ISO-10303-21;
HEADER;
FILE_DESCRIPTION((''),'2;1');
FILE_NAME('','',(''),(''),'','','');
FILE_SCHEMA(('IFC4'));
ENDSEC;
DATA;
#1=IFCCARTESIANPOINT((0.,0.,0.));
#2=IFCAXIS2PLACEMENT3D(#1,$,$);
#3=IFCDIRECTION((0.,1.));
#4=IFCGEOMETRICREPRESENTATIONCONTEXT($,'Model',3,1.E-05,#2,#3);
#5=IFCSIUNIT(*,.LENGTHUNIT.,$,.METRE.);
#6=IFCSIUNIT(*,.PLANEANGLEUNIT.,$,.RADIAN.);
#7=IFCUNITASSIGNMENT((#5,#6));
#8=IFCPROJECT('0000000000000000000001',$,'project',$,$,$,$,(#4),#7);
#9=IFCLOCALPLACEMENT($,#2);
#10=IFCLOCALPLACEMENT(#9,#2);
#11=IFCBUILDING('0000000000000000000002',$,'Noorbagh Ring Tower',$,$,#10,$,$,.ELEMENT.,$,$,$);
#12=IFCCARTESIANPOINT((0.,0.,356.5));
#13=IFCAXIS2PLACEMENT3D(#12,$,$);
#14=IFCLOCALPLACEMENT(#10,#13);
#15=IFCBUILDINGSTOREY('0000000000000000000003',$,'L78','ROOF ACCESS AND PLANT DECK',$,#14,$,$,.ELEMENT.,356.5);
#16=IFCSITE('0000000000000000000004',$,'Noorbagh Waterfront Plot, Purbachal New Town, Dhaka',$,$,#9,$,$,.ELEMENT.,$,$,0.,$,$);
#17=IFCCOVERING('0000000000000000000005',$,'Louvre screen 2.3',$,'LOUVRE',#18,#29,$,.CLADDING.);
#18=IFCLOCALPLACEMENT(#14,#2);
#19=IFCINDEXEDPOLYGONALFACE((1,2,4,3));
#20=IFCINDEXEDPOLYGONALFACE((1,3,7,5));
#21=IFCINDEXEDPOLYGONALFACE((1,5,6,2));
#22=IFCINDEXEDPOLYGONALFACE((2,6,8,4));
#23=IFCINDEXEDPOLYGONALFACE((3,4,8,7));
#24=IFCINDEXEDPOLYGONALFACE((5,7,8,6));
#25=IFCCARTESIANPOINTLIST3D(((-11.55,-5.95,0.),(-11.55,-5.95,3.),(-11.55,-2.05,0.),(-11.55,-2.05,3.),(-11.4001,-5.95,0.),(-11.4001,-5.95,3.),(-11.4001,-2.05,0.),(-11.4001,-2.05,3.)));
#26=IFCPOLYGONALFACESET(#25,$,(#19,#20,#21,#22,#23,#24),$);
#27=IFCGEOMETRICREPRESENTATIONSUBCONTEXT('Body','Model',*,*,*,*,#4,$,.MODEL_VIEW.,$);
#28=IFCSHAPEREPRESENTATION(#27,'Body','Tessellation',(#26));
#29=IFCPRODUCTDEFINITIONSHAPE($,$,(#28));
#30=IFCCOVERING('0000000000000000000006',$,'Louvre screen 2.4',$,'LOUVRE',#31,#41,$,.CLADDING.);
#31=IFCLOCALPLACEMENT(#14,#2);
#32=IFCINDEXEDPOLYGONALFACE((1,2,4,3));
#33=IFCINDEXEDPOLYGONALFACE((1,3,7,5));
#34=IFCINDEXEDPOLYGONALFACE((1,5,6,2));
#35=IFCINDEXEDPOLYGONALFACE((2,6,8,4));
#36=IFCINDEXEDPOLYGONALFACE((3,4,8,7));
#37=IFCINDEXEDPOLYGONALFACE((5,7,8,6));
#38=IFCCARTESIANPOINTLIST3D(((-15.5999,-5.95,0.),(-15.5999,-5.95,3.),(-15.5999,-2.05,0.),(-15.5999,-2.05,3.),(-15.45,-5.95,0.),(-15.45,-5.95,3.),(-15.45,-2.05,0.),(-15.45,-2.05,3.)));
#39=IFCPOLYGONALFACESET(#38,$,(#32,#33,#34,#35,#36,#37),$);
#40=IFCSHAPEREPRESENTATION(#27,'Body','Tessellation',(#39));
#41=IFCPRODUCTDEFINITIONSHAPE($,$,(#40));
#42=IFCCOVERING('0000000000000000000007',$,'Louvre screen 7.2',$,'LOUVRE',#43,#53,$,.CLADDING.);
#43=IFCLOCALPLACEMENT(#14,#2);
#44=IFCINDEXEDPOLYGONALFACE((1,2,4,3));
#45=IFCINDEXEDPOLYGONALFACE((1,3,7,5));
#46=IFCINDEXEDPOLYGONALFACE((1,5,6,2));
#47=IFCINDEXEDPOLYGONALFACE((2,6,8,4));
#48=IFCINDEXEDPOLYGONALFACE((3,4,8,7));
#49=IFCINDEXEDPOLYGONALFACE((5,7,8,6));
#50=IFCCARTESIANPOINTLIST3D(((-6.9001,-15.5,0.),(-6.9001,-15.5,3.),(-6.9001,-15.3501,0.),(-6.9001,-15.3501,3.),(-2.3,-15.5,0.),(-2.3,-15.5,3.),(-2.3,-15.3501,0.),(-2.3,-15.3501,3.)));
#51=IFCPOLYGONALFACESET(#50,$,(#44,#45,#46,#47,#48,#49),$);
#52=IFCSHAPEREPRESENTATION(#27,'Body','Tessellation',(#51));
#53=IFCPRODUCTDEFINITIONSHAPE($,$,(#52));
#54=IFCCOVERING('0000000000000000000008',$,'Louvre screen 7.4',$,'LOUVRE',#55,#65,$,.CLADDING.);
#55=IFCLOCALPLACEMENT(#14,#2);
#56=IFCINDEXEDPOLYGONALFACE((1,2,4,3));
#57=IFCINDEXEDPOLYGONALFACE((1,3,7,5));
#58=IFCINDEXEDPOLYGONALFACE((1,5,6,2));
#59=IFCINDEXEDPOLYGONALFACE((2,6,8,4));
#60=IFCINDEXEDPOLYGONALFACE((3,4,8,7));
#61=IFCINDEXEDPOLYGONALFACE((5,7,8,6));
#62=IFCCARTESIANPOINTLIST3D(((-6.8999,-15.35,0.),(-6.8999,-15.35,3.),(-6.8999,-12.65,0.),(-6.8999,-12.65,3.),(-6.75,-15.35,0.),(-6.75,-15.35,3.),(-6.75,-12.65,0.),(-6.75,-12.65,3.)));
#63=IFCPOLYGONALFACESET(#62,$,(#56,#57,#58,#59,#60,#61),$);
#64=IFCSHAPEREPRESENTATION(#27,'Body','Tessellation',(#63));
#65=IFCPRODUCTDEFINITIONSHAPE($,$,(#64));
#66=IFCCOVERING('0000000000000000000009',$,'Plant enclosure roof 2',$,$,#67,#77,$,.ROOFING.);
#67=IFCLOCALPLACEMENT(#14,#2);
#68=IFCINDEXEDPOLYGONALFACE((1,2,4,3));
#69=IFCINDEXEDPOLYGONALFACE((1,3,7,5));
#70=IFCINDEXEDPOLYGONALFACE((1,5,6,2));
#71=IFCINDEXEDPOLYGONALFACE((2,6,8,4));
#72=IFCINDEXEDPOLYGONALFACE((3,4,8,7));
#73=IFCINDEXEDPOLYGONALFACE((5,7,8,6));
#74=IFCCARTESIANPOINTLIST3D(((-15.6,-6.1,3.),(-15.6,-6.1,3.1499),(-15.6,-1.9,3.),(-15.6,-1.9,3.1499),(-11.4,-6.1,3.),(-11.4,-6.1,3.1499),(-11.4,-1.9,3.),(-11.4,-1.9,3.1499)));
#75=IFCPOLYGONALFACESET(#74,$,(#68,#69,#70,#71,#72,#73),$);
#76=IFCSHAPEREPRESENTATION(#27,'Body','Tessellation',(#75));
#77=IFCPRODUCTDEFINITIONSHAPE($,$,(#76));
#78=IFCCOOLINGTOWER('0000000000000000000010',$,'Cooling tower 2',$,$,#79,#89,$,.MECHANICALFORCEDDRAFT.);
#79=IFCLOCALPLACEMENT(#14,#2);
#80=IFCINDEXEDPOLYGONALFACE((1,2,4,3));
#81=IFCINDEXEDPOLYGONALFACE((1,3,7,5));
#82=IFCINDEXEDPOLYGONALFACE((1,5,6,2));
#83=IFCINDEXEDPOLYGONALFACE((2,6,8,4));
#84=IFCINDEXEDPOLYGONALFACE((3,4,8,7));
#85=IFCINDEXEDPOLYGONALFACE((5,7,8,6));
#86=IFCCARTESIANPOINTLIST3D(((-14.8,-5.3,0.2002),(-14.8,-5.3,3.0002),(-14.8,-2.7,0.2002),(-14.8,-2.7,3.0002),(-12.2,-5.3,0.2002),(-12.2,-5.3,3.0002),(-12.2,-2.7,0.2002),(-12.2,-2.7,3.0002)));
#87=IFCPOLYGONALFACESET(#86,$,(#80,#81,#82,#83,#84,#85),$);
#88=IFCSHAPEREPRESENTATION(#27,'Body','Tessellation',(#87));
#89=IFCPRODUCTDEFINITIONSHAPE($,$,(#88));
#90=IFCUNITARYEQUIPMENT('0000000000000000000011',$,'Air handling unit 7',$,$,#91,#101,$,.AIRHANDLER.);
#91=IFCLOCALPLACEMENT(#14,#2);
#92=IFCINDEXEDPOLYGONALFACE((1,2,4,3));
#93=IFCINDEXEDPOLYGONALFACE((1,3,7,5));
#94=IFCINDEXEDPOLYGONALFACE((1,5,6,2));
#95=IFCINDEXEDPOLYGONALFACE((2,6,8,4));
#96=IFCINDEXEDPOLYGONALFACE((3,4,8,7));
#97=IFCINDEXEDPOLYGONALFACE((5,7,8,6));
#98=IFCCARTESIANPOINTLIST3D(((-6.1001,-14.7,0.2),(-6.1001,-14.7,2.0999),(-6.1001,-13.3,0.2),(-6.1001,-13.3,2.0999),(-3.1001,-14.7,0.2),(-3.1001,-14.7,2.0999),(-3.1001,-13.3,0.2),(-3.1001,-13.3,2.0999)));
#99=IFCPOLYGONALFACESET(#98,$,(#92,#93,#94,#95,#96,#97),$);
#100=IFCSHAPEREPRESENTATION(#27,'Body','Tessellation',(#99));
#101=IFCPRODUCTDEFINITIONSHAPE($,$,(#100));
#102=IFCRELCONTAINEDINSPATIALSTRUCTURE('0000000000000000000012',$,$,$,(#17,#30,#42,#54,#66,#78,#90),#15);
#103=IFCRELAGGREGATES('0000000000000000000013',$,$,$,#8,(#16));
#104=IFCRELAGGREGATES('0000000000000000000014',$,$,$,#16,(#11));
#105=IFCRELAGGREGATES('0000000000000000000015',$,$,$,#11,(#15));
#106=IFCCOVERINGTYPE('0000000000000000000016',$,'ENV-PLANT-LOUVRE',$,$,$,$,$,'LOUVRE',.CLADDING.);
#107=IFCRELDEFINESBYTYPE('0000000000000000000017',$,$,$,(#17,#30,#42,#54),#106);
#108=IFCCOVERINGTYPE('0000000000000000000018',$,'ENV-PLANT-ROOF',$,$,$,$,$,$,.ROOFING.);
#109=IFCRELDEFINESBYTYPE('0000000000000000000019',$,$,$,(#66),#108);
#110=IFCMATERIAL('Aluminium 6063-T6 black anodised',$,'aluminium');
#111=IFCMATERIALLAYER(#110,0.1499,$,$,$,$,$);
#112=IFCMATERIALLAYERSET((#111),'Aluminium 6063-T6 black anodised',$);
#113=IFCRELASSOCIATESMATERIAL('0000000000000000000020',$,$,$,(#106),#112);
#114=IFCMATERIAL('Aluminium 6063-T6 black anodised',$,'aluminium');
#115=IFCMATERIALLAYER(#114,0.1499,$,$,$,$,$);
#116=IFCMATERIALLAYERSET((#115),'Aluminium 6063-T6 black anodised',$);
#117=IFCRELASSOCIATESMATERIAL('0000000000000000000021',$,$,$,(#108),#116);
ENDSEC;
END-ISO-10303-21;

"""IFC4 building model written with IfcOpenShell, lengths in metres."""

from ifc_helpers import new_model, si_unit, direction, frame, origin, origin_2d, place, context, subcontext, project, spatial, rectangle, extrude, material, layer, layer_set, type_object, element, save


model = new_model("IFC4")

# Units and contexts
model_context = context("Model", 3, precision=1e-05, world=origin(), true_north=direction((0.0, 1.0)))
body_context = subcontext(model_context, "Body", "Model", "MODEL_VIEW")
ifc_project = project(units=[si_unit("LENGTHUNIT", "METRE"), si_unit("PLANEANGLEUNIT", "RADIAN")], contexts=[model_context])

# Site, building, storey
site_placement = place(None, origin())
site = spatial("IfcSite", under=ifc_project, at=site_placement, Name="Noorbagh Waterfront Plot, Purbachal New Town, Dhaka", CompositionType="ELEMENT", RefElevation=0.0)
building_placement = place(site_placement, origin())
building = spatial("IfcBuilding", under=site, at=building_placement, Name="Noorbagh Ring Tower", CompositionType="ELEMENT")
storey_placement = place(building_placement, frame((0.0, 0.0, 356.5)))
storey = spatial("IfcBuildingStorey", under=building, at=storey_placement, Name="L78", Description="ROOF ACCESS AND PLANT DECK", CompositionType="ELEMENT", Elevation=356.5)

# Coverings
ifc_material_1 = material(Name="Aluminium 6063-T6 black anodised", Category="aluminium")
ifc_layer_1 = layer(ifc_material_1, 0.1499)
ifc_layer_set_1 = layer_set([ifc_layer_1], Name="Aluminium 6063-T6 black anodised")
covering_type_1 = type_object("IfcCoveringType", Name="ENV-PLANT-LOUVRE", ElementType="LOUVRE", PredefinedType="CLADDING", material=ifc_layer_set_1)
for number, where, z_axis, x_axis, name in (
    (1, (-11.4751, -4.0, 0.0), (0.0, 0.0, 1.0), (1.0, 0.0, 0.0), "Louvre screen 2.3"),
    (2, (-15.5249, -4.0, 0.0), (0.0, 0.0, 1.0), (1.0, 0.0, 0.0), "Louvre screen 2.4"),
):
    element("IfcCovering", number, at=place(storey_placement, frame(where, z_axis=z_axis, x_axis=x_axis)), inside=storey, type_object=covering_type_1, Name=name, ObjectType="LOUVRE", PredefinedType="CLADDING", context=body_context, shape_type="SweptSolid", body=[
        extrude(rectangle(XDim=0.1499, YDim=3.8999, at=origin_2d()), origin(), (0.0, 0.0, 1.0), 3.0),
    ])
covering_1_placement = place(storey_placement, frame((-4.6001, -15.425, 0.0), z_axis=(0.0, 0.0, 1.0), x_axis=(1.0, 0.0, 0.0)))
element("IfcCovering", 3, at=covering_1_placement, inside=storey, type_object=covering_type_1, Name="Louvre screen 7.2", ObjectType="LOUVRE", PredefinedType="CLADDING", context=body_context, shape_type="SweptSolid", body=[
    extrude(rectangle(XDim=4.6001, YDim=0.1499, at=origin_2d()), origin(), (0.0, 0.0, 1.0), 3.0),
])
covering_2_placement = place(storey_placement, frame((-6.825, -14.0, 0.0), z_axis=(0.0, 0.0, 1.0), x_axis=(1.0, 0.0, 0.0)))
element("IfcCovering", 4, at=covering_2_placement, inside=storey, type_object=covering_type_1, Name="Louvre screen 7.4", ObjectType="LOUVRE", PredefinedType="CLADDING", context=body_context, shape_type="SweptSolid", body=[
    extrude(rectangle(XDim=0.1499, YDim=2.7, at=origin_2d()), origin(), (0.0, 0.0, 1.0), 3.0),
])
ifc_material_2 = material(Name="Aluminium 6063-T6 black anodised", Category="aluminium")
ifc_layer_2 = layer(ifc_material_2, 0.1499)
ifc_layer_set_2 = layer_set([ifc_layer_2], Name="Aluminium 6063-T6 black anodised")
covering_type_2 = type_object("IfcCoveringType", Name="ENV-PLANT-ROOF", PredefinedType="ROOFING", material=ifc_layer_set_2)
covering_3_placement = place(storey_placement, frame((-13.5, -4.0, 3.0), z_axis=(0.0, 0.0, 1.0), x_axis=(1.0, 0.0, 0.0)))
element("IfcCovering", 5, at=covering_3_placement, inside=storey, type_object=covering_type_2, Name="Plant enclosure roof 2", PredefinedType="ROOFING", context=body_context, shape_type="SweptSolid", body=[
    extrude(rectangle(XDim=4.2, YDim=4.2, at=origin_2d()), origin(), (0.0, 0.0, 1.0), 0.1499),
])

# Cooling tower
cooling_tower_placement = place(storey_placement, frame((-13.5, -4.0, 0.2002), z_axis=(0.0, 0.0, 1.0), x_axis=(1.0, 0.0, 0.0)))
element("IfcCoolingTower", 6, at=cooling_tower_placement, inside=storey, Name="Cooling tower 2", PredefinedType="MECHANICALFORCEDDRAFT", context=body_context, shape_type="SweptSolid", body=[
    extrude(rectangle(XDim=2.6001, YDim=2.6001, at=origin_2d()), origin(), (0.0, 0.0, 1.0), 2.8),
])

# Unitary equipment
unitary_equipment_placement = place(storey_placement, frame((-4.6001, -14.0, 0.2), z_axis=(0.0, 0.0, 1.0), x_axis=(1.0, 0.0, 0.0)))
element("IfcUnitaryEquipment", 7, at=unitary_equipment_placement, inside=storey, Name="Air handling unit 7", PredefinedType="AIRHANDLER", context=body_context, shape_type="SweptSolid", body=[
    extrude(rectangle(XDim=3.0, YDim=1.3999, at=origin_2d()), origin(), (0.0, 0.0, 1.0), 1.8999),
])

save(model, "model.ifc")
